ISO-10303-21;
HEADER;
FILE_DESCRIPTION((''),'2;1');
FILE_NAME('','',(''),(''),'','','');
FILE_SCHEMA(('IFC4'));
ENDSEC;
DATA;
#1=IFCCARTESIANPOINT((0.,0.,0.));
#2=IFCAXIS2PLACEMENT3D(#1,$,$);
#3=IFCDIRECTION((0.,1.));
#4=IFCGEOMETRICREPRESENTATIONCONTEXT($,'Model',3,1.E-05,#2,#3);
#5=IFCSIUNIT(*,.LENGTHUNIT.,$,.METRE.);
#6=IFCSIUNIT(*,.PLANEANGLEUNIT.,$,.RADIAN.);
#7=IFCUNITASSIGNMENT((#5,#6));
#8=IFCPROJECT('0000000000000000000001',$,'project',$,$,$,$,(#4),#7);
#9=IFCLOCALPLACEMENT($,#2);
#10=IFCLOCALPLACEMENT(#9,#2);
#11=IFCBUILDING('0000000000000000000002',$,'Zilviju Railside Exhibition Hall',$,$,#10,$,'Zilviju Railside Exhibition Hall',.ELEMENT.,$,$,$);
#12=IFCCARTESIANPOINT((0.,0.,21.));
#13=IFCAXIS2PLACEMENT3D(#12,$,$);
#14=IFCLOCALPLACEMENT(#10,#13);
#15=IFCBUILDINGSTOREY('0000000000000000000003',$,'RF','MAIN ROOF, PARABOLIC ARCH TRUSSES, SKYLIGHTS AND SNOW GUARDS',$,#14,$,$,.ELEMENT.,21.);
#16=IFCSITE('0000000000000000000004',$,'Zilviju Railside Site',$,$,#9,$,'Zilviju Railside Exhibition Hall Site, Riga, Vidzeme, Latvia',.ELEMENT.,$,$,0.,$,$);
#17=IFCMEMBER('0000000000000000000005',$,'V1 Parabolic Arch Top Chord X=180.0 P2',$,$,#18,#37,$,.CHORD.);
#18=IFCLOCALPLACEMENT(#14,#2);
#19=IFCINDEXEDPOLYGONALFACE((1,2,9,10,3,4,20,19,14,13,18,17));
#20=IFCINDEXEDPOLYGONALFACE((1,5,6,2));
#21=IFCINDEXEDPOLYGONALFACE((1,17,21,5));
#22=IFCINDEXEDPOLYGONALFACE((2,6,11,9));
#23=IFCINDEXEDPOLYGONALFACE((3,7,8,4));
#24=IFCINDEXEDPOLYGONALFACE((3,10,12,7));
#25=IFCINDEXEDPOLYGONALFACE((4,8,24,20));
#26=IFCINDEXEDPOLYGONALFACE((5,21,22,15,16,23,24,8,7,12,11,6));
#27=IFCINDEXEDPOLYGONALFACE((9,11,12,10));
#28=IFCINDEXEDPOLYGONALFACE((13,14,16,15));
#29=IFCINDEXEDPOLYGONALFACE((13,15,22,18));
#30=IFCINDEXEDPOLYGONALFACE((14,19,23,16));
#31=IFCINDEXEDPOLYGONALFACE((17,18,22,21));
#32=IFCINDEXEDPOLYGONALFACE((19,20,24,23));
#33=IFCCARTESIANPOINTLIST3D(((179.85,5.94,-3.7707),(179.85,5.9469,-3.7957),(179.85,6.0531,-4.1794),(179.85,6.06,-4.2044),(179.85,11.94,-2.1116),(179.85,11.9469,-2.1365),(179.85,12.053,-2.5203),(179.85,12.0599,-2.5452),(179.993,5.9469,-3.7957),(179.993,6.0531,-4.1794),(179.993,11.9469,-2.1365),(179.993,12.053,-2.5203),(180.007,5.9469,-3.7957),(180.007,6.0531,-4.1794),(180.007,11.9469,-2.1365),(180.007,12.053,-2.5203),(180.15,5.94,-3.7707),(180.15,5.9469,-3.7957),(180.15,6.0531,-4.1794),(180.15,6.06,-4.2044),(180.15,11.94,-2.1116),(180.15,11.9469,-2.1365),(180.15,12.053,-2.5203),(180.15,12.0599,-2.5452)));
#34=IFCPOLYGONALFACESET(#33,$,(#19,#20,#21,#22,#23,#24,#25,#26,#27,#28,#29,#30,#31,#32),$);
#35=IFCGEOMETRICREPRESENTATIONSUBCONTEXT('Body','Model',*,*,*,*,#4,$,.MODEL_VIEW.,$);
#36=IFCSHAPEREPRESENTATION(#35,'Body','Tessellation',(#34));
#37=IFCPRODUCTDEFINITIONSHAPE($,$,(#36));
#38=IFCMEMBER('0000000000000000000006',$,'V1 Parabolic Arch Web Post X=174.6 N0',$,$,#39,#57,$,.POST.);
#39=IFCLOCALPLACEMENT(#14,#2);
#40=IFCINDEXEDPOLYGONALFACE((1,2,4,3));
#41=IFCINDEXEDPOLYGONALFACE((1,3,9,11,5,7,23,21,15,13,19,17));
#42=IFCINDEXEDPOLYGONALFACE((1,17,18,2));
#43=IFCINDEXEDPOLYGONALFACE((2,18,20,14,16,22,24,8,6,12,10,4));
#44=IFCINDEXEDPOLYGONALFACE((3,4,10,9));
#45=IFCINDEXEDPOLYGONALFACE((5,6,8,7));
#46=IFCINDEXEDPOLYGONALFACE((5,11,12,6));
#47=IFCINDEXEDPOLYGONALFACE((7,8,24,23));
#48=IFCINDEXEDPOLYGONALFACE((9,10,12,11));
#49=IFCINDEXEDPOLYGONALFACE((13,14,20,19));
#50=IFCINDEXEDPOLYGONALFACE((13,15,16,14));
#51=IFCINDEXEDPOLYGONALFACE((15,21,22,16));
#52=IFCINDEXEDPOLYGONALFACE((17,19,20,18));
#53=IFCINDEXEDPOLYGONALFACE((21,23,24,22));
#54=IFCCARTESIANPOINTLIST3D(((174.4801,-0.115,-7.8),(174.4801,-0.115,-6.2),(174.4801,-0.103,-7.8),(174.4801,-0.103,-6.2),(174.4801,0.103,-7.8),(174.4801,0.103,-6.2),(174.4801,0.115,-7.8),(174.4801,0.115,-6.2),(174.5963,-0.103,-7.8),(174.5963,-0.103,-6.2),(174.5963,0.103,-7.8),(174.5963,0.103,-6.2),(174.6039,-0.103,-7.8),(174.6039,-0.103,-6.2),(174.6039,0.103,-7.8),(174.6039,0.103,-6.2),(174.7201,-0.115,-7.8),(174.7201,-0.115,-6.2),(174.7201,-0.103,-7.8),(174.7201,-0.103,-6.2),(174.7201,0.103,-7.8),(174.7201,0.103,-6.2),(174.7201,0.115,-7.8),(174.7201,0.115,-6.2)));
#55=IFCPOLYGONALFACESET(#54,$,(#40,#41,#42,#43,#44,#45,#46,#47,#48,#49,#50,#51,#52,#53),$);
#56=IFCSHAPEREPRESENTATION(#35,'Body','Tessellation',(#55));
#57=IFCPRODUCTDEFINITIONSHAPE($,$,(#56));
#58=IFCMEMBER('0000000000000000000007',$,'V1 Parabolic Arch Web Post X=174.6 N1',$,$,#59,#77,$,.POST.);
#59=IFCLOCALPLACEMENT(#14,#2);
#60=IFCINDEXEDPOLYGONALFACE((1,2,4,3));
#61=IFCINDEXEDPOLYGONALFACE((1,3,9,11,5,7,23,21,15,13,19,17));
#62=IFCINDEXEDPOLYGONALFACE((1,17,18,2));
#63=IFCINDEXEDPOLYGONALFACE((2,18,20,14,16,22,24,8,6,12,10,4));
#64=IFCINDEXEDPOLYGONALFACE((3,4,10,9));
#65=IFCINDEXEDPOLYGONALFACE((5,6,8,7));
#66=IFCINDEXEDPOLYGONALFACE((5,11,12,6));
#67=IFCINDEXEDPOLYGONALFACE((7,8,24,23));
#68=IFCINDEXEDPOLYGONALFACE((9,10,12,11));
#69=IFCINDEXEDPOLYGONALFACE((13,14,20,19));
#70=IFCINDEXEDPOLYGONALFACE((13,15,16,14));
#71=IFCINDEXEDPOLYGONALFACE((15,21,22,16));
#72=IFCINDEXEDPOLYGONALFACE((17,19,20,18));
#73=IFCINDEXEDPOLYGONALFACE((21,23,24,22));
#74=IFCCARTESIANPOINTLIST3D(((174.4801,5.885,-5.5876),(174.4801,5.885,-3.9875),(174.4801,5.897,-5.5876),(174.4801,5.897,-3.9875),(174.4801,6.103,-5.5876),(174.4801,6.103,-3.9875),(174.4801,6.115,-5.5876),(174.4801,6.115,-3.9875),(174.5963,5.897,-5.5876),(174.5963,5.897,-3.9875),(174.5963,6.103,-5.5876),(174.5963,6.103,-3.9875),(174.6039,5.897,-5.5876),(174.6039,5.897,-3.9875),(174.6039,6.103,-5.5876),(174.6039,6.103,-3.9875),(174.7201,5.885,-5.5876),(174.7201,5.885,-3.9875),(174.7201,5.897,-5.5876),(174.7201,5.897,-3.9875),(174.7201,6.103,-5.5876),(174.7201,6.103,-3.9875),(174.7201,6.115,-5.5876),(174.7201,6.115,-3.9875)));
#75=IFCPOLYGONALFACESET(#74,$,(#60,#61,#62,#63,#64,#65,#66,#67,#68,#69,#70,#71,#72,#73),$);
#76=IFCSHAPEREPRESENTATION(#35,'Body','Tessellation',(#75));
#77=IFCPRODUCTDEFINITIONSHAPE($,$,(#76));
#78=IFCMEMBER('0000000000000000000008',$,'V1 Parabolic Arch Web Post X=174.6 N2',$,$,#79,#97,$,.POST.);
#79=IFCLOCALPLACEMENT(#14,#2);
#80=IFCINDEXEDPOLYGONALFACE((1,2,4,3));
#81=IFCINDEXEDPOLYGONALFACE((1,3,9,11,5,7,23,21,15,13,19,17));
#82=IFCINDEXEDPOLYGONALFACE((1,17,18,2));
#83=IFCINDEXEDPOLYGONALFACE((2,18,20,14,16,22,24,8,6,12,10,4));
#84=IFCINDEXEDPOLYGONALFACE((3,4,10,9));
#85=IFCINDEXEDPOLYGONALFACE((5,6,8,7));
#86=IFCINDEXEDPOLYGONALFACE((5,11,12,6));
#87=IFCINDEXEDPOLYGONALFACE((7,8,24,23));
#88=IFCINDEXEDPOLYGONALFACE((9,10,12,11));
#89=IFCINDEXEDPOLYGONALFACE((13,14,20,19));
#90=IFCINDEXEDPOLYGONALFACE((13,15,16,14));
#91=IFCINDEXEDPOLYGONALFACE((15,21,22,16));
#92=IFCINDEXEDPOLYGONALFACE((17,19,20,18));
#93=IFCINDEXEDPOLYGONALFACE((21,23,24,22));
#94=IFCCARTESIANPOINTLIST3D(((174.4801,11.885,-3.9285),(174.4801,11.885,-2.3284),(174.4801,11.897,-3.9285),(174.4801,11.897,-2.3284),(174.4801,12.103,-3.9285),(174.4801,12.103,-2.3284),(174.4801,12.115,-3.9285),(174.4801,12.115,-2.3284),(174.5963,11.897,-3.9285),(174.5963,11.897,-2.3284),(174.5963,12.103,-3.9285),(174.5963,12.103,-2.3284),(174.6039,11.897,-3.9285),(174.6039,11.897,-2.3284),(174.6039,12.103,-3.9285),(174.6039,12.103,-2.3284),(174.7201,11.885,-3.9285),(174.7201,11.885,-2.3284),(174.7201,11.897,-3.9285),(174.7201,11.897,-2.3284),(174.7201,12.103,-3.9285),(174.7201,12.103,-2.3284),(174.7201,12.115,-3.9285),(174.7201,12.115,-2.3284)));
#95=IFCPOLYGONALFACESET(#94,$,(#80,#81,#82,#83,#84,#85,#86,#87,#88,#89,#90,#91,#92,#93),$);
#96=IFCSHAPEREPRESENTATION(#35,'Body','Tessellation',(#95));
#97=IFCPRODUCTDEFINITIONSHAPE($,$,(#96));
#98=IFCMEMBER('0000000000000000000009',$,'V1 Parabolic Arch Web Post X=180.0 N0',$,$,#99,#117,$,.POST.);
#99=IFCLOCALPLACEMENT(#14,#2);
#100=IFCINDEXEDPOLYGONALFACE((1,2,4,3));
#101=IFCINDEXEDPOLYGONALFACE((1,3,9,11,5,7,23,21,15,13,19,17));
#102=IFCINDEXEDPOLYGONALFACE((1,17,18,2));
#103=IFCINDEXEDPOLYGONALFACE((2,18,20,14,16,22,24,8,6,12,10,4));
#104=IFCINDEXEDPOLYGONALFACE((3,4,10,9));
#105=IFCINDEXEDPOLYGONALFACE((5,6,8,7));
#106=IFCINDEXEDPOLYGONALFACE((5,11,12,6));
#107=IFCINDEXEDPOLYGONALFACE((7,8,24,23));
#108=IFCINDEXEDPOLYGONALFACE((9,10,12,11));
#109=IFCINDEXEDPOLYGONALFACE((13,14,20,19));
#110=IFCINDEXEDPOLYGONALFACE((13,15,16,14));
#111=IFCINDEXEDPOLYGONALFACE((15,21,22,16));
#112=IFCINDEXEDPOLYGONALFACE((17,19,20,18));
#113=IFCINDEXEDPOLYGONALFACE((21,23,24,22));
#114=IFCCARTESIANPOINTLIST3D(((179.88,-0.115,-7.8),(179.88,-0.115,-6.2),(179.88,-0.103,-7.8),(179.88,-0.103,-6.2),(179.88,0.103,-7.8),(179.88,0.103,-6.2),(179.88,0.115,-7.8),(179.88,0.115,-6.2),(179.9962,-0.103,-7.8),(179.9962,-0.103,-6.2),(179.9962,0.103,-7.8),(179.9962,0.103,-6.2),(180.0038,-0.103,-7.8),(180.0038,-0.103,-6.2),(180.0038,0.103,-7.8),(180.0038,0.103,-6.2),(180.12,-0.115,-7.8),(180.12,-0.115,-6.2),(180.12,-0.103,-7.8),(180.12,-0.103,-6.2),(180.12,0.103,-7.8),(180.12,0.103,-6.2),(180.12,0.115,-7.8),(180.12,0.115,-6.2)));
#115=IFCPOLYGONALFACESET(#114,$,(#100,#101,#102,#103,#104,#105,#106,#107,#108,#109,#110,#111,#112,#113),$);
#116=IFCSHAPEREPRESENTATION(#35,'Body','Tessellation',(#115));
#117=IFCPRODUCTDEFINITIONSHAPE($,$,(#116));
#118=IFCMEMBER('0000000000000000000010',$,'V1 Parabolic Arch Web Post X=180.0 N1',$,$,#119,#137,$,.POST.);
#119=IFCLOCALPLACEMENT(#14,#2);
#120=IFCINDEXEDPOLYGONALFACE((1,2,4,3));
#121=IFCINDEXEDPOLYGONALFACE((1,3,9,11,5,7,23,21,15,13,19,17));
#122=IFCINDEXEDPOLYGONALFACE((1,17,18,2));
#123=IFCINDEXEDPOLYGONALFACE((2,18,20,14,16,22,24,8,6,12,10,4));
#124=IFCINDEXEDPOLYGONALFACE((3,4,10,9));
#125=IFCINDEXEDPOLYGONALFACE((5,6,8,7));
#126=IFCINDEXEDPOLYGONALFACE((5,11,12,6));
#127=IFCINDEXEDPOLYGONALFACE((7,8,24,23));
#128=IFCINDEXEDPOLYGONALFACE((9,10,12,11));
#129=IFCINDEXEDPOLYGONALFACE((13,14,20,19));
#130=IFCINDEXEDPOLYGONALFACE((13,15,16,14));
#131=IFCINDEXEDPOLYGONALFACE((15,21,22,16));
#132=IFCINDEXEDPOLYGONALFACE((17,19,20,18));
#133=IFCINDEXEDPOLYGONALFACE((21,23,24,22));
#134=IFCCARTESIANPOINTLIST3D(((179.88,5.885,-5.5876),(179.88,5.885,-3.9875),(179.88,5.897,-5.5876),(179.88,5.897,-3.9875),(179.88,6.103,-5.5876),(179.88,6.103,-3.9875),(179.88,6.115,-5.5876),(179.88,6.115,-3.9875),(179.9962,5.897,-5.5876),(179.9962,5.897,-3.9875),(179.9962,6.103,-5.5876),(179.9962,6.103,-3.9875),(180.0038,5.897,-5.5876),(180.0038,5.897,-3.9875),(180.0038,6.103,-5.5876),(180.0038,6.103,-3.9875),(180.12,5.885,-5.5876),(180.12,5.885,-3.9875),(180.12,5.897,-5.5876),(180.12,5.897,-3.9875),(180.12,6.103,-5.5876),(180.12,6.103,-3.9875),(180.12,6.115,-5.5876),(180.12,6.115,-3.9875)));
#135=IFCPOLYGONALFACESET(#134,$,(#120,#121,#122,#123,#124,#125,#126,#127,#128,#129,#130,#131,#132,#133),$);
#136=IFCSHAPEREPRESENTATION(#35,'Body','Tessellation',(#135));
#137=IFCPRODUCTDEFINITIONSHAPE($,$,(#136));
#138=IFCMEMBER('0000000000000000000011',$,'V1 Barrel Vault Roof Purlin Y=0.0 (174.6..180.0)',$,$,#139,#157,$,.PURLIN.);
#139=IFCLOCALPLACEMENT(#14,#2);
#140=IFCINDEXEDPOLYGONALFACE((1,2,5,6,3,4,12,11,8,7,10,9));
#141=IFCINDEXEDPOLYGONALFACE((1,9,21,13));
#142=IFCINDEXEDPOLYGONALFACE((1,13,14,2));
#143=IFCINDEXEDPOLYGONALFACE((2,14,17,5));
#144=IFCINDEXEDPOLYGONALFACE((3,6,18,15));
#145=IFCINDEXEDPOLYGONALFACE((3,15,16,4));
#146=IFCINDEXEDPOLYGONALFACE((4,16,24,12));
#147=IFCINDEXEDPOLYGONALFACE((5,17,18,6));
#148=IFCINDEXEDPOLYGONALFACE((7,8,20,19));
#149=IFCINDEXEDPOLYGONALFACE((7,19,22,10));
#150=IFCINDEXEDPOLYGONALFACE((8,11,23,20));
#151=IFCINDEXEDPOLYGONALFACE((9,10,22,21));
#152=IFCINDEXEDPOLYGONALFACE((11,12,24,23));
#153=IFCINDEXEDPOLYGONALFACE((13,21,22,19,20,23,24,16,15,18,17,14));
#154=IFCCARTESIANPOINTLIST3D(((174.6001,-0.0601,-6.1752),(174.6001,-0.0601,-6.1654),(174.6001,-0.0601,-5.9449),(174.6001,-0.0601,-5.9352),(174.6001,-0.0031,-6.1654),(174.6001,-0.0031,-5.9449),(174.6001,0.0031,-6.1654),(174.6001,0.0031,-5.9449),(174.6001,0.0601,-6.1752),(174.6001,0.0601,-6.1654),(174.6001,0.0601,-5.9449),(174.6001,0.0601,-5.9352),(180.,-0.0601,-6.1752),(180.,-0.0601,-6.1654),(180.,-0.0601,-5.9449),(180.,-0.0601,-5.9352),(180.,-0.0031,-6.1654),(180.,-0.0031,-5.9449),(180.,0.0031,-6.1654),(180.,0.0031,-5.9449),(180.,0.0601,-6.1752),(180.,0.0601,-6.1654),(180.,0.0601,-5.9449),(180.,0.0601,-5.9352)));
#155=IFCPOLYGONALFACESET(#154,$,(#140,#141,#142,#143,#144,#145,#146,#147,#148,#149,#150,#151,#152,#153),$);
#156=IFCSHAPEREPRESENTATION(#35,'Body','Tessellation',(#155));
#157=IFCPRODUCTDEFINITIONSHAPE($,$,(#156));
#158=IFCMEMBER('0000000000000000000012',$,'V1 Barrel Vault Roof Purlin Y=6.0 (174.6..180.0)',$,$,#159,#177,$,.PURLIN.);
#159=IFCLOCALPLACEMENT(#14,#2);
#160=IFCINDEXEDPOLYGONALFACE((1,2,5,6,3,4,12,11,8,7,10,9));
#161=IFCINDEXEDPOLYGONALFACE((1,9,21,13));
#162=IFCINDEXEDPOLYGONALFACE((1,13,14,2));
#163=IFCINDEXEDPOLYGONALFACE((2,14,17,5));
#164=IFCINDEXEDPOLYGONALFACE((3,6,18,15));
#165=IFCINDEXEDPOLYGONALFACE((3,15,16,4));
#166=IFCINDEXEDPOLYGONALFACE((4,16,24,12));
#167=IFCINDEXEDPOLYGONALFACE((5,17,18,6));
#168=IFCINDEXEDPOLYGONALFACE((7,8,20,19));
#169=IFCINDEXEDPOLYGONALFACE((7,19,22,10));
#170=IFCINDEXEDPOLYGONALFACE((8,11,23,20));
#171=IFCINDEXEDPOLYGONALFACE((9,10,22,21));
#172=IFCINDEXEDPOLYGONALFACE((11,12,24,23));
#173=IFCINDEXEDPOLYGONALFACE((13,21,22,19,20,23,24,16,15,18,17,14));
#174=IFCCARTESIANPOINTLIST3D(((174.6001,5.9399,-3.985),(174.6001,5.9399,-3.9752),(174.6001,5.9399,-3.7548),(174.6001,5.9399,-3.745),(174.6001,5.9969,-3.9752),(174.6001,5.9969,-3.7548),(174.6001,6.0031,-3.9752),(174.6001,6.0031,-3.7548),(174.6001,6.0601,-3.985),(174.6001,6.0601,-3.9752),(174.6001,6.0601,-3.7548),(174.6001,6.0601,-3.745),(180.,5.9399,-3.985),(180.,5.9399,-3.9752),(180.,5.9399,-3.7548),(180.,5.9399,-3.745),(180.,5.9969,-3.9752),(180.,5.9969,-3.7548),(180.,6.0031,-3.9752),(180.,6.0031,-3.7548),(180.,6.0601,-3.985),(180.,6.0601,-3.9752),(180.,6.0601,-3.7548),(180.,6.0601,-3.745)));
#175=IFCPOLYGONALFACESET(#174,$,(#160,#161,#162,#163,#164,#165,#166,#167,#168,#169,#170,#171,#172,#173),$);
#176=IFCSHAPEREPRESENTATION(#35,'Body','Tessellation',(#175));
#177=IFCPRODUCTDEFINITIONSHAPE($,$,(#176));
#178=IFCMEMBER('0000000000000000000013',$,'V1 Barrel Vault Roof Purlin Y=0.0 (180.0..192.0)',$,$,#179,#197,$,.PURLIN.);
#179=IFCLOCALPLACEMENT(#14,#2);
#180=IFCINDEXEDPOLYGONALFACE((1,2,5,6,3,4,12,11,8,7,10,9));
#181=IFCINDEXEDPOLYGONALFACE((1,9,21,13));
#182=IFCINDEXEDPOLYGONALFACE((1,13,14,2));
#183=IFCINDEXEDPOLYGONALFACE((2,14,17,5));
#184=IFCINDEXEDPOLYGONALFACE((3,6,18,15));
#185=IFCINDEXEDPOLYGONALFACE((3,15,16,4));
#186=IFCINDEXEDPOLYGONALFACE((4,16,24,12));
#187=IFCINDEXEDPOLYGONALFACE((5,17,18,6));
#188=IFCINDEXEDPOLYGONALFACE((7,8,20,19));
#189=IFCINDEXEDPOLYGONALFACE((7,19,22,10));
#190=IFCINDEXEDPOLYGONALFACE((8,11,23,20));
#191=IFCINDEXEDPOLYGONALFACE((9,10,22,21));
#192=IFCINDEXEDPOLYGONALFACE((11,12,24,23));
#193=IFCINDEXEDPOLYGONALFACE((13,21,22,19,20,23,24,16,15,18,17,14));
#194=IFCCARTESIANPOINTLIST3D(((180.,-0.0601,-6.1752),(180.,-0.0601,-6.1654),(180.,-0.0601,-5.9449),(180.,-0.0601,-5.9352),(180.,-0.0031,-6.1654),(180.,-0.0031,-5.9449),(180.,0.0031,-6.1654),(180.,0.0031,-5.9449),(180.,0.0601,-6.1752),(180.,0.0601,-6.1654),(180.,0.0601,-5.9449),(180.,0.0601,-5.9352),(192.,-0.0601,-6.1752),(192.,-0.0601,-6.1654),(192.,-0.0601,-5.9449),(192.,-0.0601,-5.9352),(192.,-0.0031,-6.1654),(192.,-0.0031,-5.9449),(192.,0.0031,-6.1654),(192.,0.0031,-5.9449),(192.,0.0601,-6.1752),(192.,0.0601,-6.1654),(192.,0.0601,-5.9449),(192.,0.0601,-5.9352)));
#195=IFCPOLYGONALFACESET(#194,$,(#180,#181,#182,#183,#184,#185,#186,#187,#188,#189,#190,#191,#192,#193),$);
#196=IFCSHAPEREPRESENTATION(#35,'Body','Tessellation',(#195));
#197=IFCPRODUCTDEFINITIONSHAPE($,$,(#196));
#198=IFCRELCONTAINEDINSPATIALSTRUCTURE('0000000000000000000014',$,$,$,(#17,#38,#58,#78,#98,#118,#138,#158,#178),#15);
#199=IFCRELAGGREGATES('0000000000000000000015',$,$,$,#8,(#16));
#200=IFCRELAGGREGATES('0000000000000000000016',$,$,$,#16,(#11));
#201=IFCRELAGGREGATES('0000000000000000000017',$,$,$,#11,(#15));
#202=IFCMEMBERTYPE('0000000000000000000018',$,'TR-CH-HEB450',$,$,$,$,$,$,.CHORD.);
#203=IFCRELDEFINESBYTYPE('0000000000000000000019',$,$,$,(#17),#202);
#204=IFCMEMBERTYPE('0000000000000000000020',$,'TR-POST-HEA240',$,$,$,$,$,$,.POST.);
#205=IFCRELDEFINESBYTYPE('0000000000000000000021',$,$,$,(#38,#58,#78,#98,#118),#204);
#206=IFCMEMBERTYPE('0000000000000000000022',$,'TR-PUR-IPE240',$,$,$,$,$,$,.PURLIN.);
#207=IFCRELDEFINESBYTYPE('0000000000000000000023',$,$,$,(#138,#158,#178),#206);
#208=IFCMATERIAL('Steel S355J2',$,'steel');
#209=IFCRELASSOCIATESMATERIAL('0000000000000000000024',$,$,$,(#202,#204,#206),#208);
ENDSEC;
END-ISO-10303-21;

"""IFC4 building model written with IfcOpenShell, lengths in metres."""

from ifc_helpers import new_model, si_unit, direction, frame, origin, origin_2d, place, context, subcontext, project, spatial, i_section, extrude, material, material_profile, profile_set, type_object, element, save


model = new_model("IFC4")

# Units and contexts
model_context = context("Model", 3, precision=1e-05, world=origin(), true_north=direction((0.0, 1.0)))
body_context = subcontext(model_context, "Body", "Model", "MODEL_VIEW")
ifc_project = project(units=[si_unit("LENGTHUNIT", "METRE"), si_unit("PLANEANGLEUNIT", "RADIAN")], contexts=[model_context])

# Site, building, storey
site_placement = place(None, origin())
site = spatial("IfcSite", under=ifc_project, at=site_placement, Name="Zilviju Railside Site", LongName="Zilviju Railside Exhibition Hall Site, Riga, Vidzeme, Latvia", CompositionType="ELEMENT", RefElevation=0.0)
building_placement = place(site_placement, origin())
building = spatial("IfcBuilding", under=site, at=building_placement, Name="Zilviju Railside Exhibition Hall", LongName="Zilviju Railside Exhibition Hall", CompositionType="ELEMENT")
storey_placement = place(building_placement, frame((0.0, 0.0, 21.0)))
storey = spatial("IfcBuildingStorey", under=building, at=storey_placement, Name="RF", Description="MAIN ROOF, PARABOLIC ARCH TRUSSES, SKYLIGHTS AND SNOW GUARDS", CompositionType="ELEMENT", Elevation=21.0)

# Members
ifc_material_1 = material(Name="Steel S355J2", Category="steel")
ifc_material_profile_1 = material_profile(ifc_material_1, i_section(OverallWidth=0.3, OverallDepth=0.45, WebThickness=0.0139, FlangeThickness=0.0259, at=origin_2d()), Name="HEB 450")
ifc_profile_set_1 = profile_set([ifc_material_profile_1], Name="Steel S355J2")
member_type_1 = type_object("IfcMemberType", Name="TR-CH-HEB450", PredefinedType="CHORD", material=ifc_profile_set_1)
member_1_placement = place(storey_placement, frame((180.0, 6.0, -3.9875), z_axis=(0.0, 0.963827, 0.266527), x_axis=(-1.0, 0.0, 0.0)))
element("IfcMember", 1, at=member_1_placement, inside=storey, type_object=member_type_1, Name="V1 Parabolic Arch Top Chord X=180.0 P2", PredefinedType="CHORD", context=body_context, shape_type="SweptSolid", body=[
    extrude(i_section(OverallWidth=0.3, OverallDepth=0.45, WebThickness=0.0139, FlangeThickness=0.0259, at=origin_2d()), origin(), (0.0, 0.0, 1.0), 6.2251),
])
ifc_material_profile_2 = material_profile(ifc_material_1, i_section(OverallWidth=0.24, OverallDepth=0.23, WebThickness=0.0076, FlangeThickness=0.012, at=origin_2d()), Name="HEA 240")
ifc_profile_set_2 = profile_set([ifc_material_profile_2], Name="Steel S355J2")
member_type_2 = type_object("IfcMemberType", Name="TR-POST-HEA240", PredefinedType="POST", material=ifc_profile_set_2)
for number, where, z_axis, x_axis, name in (
    (2, (174.6001, 0.0, -7.8), (0.0, 0.0, 1.0), (1.0, 0.0, 0.0), "V1 Parabolic Arch Web Post X=174.6 N0"),
    (3, (174.6001, 6.0, -5.5876), (0.0, 0.0, 1.0), (1.0, 0.0, 0.0), "V1 Parabolic Arch Web Post X=174.6 N1"),
    (4, (174.6001, 12.0, -3.9285), (0.0, 0.0, 1.0), (1.0, 0.0, 0.0), "V1 Parabolic Arch Web Post X=174.6 N2"),
    (5, (180.0, 0.0, -7.8), (0.0, 0.0, 1.0), (1.0, 0.0, 0.0), "V1 Parabolic Arch Web Post X=180.0 N0"),
    (6, (180.0, 6.0, -5.5876), (0.0, 0.0, 1.0), (1.0, 0.0, 0.0), "V1 Parabolic Arch Web Post X=180.0 N1"),
):
    element("IfcMember", number, at=place(storey_placement, frame(where, z_axis=z_axis, x_axis=x_axis)), inside=storey, type_object=member_type_2, Name=name, PredefinedType="POST", context=body_context, shape_type="SweptSolid", body=[
        extrude(i_section(OverallWidth=0.24, OverallDepth=0.23, WebThickness=0.0076, FlangeThickness=0.012, at=origin_2d()), origin(), (0.0, 0.0, 1.0), 1.6001),
    ])
ifc_material_profile_3 = material_profile(ifc_material_1, i_section(OverallWidth=0.1201, OverallDepth=0.24, WebThickness=0.0061, FlangeThickness=0.0098, at=origin_2d()), Name="IPE 240")
ifc_profile_set_3 = profile_set([ifc_material_profile_3], Name="Steel S355J2")
member_type_3 = type_object("IfcMemberType", Name="TR-PUR-IPE240", PredefinedType="PURLIN", material=ifc_profile_set_3)
for number, where, z_axis, x_axis, name in (
    (7, (174.6001, 0.0, -6.0552), (1.0, 0.0, 0.0), (0.0, 1.0, 0.0), "V1 Barrel Vault Roof Purlin Y=0.0 (174.6..180.0)"),
    (8, (174.6001, 6.0, -3.865), (1.0, 0.0, 0.0), (0.0, 1.0, 0.0), "V1 Barrel Vault Roof Purlin Y=6.0 (174.6..180.0)"),
):
    element("IfcMember", number, at=place(storey_placement, frame(where, z_axis=z_axis, x_axis=x_axis)), inside=storey, type_object=member_type_3, Name=name, PredefinedType="PURLIN", context=body_context, shape_type="SweptSolid", body=[
        extrude(i_section(OverallWidth=0.1201, OverallDepth=0.24, WebThickness=0.0061, FlangeThickness=0.0098, at=origin_2d()), origin(), (0.0, 0.0, 1.0), 5.3999),
    ])
member_2_placement = place(storey_placement, frame((180.0, 0.0, -6.0552), z_axis=(1.0, 0.0, 0.0), x_axis=(0.0, 1.0, 0.0)))
element("IfcMember", 9, at=member_2_placement, inside=storey, type_object=member_type_3, Name="V1 Barrel Vault Roof Purlin Y=0.0 (180.0..192.0)", PredefinedType="PURLIN", context=body_context, shape_type="SweptSolid", body=[
    extrude(i_section(OverallWidth=0.1201, OverallDepth=0.24, WebThickness=0.0061, FlangeThickness=0.0098, at=origin_2d()), origin(), (0.0, 0.0, 1.0), 12.0),
])

save(model, "model.ifc")
